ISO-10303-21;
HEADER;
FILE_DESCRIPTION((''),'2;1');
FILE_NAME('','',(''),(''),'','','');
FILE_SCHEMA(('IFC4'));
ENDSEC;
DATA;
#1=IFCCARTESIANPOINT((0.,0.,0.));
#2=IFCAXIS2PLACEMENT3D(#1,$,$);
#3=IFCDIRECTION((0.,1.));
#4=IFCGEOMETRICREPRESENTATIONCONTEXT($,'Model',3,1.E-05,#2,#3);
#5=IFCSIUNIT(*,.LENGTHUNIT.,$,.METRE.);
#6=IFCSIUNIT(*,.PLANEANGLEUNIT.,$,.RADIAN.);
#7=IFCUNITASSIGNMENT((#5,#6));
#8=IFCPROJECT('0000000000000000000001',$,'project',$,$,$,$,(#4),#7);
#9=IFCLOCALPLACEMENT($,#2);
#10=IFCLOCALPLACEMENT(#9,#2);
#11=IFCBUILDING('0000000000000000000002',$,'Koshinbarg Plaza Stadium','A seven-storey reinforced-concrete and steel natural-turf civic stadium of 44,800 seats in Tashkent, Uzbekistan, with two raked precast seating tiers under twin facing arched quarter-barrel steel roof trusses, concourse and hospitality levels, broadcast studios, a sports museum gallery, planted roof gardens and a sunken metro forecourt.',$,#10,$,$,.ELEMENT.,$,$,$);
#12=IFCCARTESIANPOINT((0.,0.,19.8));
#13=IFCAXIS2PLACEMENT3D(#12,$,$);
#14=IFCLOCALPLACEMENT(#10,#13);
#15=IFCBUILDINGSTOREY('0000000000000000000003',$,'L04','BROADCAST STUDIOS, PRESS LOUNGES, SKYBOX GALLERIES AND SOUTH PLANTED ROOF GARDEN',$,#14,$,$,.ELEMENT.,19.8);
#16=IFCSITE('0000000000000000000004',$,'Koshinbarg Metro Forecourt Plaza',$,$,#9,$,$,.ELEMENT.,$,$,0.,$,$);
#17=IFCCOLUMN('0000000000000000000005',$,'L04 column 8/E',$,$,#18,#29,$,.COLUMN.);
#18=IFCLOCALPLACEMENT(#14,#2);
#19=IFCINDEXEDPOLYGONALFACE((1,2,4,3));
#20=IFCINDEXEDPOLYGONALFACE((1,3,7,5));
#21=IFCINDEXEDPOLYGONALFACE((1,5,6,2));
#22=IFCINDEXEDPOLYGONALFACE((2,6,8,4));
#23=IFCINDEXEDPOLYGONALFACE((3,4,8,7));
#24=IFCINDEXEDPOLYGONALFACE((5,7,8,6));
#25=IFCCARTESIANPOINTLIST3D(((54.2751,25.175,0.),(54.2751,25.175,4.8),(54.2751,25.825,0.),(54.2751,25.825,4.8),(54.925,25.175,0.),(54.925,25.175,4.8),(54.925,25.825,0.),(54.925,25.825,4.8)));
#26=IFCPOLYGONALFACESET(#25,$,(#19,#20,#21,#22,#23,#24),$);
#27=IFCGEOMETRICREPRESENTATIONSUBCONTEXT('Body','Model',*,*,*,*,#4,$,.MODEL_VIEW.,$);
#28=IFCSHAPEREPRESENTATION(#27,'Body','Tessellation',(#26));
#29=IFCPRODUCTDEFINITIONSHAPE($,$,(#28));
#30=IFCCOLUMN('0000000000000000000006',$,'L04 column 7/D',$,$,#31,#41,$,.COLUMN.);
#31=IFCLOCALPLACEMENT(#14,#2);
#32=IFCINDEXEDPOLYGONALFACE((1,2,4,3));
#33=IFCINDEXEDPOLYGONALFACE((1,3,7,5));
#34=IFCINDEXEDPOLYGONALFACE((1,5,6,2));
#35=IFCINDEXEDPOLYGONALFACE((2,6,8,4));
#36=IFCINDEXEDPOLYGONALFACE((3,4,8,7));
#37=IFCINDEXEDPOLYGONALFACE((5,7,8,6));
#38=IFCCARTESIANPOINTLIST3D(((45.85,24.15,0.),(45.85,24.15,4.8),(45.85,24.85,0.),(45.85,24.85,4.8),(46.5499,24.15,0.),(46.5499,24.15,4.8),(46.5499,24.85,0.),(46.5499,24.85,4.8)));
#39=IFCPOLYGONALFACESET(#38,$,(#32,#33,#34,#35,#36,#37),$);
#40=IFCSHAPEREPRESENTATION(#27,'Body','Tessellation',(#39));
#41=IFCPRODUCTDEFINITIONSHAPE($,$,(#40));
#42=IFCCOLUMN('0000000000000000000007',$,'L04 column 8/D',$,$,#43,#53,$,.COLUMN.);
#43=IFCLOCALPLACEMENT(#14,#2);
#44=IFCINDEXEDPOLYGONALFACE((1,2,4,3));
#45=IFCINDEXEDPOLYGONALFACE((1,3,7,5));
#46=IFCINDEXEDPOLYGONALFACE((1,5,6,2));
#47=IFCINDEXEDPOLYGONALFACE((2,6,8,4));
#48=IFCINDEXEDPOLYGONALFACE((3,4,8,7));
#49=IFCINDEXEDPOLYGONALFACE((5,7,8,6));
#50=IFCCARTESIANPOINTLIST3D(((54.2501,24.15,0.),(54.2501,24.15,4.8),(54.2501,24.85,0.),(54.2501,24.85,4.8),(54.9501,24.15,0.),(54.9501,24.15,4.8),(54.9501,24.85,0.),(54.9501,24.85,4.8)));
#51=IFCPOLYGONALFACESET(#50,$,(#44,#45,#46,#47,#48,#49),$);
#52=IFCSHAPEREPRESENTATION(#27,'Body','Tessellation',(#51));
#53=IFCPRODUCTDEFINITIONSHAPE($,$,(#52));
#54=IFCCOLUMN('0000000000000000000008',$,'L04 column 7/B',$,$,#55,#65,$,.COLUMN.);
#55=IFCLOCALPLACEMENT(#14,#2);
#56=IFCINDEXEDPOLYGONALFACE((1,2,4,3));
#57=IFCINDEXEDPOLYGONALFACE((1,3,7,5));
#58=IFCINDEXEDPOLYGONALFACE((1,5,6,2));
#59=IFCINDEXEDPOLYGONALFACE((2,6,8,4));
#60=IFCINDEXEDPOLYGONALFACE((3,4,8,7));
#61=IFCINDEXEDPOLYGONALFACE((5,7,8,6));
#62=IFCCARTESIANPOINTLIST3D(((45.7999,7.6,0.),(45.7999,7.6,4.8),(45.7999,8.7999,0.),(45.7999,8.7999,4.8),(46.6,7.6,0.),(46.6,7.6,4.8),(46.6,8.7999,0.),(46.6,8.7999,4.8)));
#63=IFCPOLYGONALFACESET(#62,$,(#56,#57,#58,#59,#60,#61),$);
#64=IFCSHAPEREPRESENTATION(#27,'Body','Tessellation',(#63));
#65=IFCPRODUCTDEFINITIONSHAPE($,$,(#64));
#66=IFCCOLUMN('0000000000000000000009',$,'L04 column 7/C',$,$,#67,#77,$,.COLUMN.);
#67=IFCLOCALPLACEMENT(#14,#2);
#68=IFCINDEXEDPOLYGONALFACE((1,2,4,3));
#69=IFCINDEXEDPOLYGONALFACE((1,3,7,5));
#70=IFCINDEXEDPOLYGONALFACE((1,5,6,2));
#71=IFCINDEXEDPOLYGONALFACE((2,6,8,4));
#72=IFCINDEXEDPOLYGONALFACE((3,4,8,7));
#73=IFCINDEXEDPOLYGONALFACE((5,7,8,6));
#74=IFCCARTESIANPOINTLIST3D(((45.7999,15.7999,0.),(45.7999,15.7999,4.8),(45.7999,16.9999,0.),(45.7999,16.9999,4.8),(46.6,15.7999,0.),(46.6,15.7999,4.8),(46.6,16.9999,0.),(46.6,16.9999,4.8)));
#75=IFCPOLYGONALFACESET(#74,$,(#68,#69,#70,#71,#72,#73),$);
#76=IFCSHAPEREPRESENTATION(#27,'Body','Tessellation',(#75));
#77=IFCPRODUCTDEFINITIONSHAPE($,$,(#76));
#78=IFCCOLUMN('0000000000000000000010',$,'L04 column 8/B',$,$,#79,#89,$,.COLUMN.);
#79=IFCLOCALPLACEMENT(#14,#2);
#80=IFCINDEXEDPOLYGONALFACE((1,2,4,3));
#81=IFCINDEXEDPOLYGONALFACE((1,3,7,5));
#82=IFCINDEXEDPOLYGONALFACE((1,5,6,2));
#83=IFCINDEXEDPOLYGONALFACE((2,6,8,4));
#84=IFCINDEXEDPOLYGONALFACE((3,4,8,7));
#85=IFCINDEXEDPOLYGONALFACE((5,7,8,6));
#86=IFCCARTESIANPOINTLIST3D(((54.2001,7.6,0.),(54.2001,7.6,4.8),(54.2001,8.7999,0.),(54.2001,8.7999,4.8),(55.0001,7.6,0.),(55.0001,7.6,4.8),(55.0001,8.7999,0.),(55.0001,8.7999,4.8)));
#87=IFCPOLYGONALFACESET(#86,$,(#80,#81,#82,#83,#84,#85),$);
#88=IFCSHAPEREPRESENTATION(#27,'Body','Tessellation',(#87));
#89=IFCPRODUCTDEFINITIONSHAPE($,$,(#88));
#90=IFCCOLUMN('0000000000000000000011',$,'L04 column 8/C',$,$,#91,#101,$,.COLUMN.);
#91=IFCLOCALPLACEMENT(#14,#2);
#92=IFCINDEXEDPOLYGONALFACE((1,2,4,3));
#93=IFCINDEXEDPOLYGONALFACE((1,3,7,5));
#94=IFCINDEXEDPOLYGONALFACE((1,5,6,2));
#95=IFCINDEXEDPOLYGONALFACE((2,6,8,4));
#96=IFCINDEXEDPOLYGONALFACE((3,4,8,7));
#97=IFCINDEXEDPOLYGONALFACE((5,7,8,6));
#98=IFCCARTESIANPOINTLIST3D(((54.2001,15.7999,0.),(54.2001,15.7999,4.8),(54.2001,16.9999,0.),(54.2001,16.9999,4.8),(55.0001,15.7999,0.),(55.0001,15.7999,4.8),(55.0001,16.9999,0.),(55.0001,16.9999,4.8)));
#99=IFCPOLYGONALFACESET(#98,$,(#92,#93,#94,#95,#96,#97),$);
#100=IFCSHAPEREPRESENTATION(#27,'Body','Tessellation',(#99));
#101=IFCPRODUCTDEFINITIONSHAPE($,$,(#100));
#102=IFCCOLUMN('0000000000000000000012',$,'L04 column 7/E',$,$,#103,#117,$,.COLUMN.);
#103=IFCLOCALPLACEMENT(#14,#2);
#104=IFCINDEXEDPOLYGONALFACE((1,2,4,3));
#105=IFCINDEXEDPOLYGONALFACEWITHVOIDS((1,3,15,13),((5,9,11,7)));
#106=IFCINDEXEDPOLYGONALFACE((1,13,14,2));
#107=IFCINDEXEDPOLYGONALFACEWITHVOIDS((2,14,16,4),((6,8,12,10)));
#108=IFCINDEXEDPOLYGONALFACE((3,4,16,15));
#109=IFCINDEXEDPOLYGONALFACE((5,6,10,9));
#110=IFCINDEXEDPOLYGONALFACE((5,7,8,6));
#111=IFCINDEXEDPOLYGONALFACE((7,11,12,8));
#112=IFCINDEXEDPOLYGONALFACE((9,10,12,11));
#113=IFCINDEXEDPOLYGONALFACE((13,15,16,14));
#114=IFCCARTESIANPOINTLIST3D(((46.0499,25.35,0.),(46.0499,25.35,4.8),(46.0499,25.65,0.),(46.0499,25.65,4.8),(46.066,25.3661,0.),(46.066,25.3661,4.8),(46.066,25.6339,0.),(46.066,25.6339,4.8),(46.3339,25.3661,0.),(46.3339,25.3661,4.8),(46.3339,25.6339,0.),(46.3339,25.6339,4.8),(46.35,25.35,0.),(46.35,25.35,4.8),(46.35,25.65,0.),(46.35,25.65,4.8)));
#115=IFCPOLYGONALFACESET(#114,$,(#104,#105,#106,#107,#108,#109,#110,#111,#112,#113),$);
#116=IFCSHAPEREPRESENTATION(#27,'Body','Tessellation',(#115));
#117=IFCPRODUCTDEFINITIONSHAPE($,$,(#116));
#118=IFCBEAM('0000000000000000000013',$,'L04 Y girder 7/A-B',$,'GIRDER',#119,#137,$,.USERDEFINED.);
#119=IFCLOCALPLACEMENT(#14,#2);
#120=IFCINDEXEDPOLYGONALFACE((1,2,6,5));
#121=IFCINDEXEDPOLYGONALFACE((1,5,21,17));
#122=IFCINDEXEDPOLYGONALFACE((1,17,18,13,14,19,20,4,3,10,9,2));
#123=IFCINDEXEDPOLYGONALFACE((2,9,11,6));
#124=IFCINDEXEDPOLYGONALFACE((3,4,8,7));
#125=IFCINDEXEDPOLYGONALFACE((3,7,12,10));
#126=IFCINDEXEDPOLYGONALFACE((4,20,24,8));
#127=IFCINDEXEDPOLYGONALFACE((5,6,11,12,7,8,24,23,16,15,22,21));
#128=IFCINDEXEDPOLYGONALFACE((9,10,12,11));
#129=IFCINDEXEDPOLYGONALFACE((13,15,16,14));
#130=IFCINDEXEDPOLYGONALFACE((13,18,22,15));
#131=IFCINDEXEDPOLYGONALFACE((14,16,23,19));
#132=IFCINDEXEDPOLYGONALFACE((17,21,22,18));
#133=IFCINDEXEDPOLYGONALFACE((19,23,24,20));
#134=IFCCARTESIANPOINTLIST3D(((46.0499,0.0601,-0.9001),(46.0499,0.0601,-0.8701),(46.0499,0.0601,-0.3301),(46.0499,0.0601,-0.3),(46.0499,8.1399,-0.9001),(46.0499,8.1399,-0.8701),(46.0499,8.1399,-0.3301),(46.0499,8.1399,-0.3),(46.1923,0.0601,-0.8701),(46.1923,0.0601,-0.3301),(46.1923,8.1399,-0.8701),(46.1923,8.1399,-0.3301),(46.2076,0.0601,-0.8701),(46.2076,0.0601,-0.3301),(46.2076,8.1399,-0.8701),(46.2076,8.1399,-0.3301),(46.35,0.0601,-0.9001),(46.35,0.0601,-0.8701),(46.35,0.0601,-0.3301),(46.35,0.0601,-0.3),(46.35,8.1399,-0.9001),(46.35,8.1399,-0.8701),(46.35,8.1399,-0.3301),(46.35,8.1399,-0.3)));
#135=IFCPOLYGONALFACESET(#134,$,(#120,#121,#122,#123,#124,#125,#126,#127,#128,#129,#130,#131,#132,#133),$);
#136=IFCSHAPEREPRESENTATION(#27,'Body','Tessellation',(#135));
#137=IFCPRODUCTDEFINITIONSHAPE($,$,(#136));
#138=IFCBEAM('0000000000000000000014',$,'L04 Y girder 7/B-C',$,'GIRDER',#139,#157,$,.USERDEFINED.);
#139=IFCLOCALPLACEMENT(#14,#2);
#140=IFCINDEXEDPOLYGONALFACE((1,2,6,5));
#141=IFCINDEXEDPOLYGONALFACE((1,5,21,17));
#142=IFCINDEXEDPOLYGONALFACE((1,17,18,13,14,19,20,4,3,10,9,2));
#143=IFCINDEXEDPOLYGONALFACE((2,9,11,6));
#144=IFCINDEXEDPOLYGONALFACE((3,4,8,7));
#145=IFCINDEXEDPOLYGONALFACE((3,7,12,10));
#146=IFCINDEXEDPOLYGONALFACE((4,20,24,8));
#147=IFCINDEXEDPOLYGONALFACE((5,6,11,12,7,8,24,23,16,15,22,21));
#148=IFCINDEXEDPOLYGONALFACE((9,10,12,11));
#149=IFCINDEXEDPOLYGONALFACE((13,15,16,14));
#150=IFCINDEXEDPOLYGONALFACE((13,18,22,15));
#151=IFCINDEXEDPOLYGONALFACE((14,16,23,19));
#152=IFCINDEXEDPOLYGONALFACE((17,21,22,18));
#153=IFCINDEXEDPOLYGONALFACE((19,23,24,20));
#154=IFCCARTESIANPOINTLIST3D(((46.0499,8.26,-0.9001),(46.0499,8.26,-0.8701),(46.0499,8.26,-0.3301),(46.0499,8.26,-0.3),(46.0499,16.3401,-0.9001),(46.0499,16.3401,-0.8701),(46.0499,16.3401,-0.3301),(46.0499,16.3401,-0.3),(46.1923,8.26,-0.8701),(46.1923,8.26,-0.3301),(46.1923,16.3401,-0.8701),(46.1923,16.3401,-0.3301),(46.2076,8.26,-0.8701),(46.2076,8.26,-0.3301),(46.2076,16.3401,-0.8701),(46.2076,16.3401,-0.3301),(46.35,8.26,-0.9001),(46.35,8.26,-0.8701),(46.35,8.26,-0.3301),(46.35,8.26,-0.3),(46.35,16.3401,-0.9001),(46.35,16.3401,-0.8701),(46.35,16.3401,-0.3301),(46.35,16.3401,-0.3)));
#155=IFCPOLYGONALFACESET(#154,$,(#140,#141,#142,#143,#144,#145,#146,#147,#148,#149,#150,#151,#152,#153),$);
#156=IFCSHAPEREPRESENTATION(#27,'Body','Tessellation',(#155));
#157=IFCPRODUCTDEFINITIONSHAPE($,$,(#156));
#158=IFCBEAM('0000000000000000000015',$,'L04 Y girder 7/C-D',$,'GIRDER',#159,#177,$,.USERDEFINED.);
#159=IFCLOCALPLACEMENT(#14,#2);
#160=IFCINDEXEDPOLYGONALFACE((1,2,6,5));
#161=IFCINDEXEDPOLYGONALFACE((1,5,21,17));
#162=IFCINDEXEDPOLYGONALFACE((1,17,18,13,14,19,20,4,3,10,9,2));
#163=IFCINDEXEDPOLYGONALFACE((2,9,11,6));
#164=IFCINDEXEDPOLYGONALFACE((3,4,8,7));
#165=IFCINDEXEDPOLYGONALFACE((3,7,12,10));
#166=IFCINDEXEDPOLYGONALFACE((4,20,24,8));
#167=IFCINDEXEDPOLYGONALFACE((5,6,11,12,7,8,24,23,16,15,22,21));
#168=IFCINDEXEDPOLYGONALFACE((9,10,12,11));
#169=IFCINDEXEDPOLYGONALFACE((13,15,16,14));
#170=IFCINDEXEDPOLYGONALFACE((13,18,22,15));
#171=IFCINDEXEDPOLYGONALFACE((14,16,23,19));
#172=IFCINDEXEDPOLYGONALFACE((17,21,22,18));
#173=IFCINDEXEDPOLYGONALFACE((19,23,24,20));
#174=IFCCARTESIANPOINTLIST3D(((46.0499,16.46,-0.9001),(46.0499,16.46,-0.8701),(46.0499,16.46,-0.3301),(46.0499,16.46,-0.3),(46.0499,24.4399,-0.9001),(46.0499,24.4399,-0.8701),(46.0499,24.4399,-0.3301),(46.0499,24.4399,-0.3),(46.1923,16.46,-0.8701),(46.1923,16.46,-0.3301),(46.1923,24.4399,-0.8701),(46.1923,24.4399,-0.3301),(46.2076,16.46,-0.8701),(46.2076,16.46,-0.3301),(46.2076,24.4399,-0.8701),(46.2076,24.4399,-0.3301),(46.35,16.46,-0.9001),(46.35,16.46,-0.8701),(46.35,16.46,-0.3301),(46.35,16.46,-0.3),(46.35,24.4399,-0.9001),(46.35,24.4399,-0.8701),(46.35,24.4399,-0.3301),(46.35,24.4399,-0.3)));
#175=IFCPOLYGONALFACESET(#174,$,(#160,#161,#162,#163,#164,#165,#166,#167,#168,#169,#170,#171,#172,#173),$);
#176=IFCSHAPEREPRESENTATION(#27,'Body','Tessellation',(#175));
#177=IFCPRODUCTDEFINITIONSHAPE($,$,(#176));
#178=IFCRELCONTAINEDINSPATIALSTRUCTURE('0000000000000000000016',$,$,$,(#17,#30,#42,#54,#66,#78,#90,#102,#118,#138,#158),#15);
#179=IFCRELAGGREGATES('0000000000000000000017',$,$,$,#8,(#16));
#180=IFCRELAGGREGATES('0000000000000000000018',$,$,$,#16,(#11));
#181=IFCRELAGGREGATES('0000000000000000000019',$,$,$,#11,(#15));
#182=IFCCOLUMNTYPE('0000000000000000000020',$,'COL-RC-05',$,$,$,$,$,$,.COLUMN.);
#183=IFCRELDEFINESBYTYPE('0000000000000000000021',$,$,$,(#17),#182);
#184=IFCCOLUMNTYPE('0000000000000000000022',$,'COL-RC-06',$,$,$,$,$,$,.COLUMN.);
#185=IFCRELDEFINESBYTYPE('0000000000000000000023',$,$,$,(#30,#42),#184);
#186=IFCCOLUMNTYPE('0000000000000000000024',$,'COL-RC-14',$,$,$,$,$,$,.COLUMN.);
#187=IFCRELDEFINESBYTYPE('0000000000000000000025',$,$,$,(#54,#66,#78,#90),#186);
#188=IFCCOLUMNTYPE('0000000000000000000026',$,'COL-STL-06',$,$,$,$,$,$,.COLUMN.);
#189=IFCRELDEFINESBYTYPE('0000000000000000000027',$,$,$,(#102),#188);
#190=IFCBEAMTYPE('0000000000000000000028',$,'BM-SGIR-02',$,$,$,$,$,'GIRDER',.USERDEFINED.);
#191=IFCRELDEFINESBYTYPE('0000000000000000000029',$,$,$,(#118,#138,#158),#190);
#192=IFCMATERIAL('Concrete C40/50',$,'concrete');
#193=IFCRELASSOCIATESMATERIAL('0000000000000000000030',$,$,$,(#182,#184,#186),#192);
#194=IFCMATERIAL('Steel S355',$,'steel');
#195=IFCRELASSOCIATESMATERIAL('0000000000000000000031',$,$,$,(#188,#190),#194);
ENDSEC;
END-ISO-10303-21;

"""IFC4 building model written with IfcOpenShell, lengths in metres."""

from ifc_helpers import new_model, si_unit, direction, frame, origin, origin_2d, place, context, subcontext, project, spatial, rectangle, hollow_rectangle, i_section, extrude, material, material_profile, profile_set, type_object, element, save


model = new_model("IFC4")

# Units and contexts
model_context = context("Model", 3, precision=1e-05, world=origin(), true_north=direction((0.0, 1.0)))
body_context = subcontext(model_context, "Body", "Model", "MODEL_VIEW")
ifc_project = project(units=[si_unit("LENGTHUNIT", "METRE"), si_unit("PLANEANGLEUNIT", "RADIAN")], contexts=[model_context])

# Site, building, storey
site_placement = place(None, origin())
site = spatial("IfcSite", under=ifc_project, at=site_placement, Name="Koshinbarg Metro Forecourt Plaza", CompositionType="ELEMENT", RefElevation=0.0)
building_placement = place(site_placement, origin())
building = spatial("IfcBuilding", under=site, at=building_placement, Name="Koshinbarg Plaza Stadium", Description="A seven-storey reinforced-concrete and steel natural-turf civic stadium of 44,800 seats in Tashkent, Uzbekistan, with two raked precast seating tiers under twin facing arched quarter-barrel steel roof trusses, concourse and hospitality levels, broadcast studios, a sports museum gallery, planted roof gardens and a sunken metro forecourt.", CompositionType="ELEMENT")
storey_placement = place(building_placement, frame((0.0, 0.0, 19.8)))
storey = spatial("IfcBuildingStorey", under=building, at=storey_placement, Name="L04", Description="BROADCAST STUDIOS, PRESS LOUNGES, SKYBOX GALLERIES AND SOUTH PLANTED ROOF GARDEN", CompositionType="ELEMENT", Elevation=19.8)

# Columns
ifc_material_1 = material(Name="Concrete C40/50", Category="concrete")
ifc_material_profile_1 = material_profile(ifc_material_1, rectangle(XDim=0.6499, YDim=0.6499, at=origin_2d()), Name="RC 650x650")
ifc_profile_set_1 = profile_set([ifc_material_profile_1], Name="Concrete C40/50")
column_type_1 = type_object("IfcColumnType", Name="COL-RC-05", PredefinedType="COLUMN", material=ifc_profile_set_1)
column_1_placement = place(storey_placement, frame((54.6001, 25.5, 0.0), z_axis=(0.0, 0.0, 1.0), x_axis=(1.0, 0.0, 0.0)))
element("IfcColumn", 1, at=column_1_placement, inside=storey, type_object=column_type_1, Name="L04 column 8/E", PredefinedType="COLUMN", context=body_context, shape_type="SweptSolid", body=[
    extrude(rectangle(XDim=0.6499, YDim=0.6499, at=origin_2d()), origin(), (0.0, 0.0, 1.0), 4.8),
])
ifc_material_profile_2 = material_profile(ifc_material_1, rectangle(XDim=0.7, YDim=0.7, at=origin_2d()), Name="RC 700x700")
ifc_profile_set_2 = profile_set([ifc_material_profile_2], Name="Concrete C40/50")
column_type_2 = type_object("IfcColumnType", Name="COL-RC-06", PredefinedType="COLUMN", material=ifc_profile_set_2)
for number, where, z_axis, x_axis, name in (
    (2, (46.2, 24.5, 0.0), (0.0, 0.0, 1.0), (1.0, 0.0, 0.0), "L04 column 7/D"),
    (3, (54.6001, 24.5, 0.0), (0.0, 0.0, 1.0), (1.0, 0.0, 0.0), "L04 column 8/D"),
):
    element("IfcColumn", number, at=place(storey_placement, frame(where, z_axis=z_axis, x_axis=x_axis)), inside=storey, type_object=column_type_2, Name=name, PredefinedType="COLUMN", context=body_context, shape_type="SweptSolid", body=[
        extrude(rectangle(XDim=0.7, YDim=0.7, at=origin_2d()), origin(), (0.0, 0.0, 1.0), 4.8),
    ])
ifc_material_profile_3 = material_profile(ifc_material_1, rectangle(XDim=0.8, YDim=1.2, at=origin_2d()), Name="RC 800x1200")
ifc_profile_set_3 = profile_set([ifc_material_profile_3], Name="Concrete C40/50")
column_type_3 = type_object("IfcColumnType", Name="COL-RC-14", PredefinedType="COLUMN", material=ifc_profile_set_3)
for number, where, z_axis, x_axis, name in (
    (4, (46.2, 8.2, 0.0), (0.0, 0.0, 1.0), (1.0, 0.0, 0.0), "L04 column 7/B"),
    (5, (46.2, 16.3999, 0.0), (0.0, 0.0, 1.0), (1.0, 0.0, 0.0), "L04 column 7/C"),
    (6, (54.6001, 8.2, 0.0), (0.0, 0.0, 1.0), (1.0, 0.0, 0.0), "L04 column 8/B"),
    (7, (54.6001, 16.3999, 0.0), (0.0, 0.0, 1.0), (1.0, 0.0, 0.0), "L04 column 8/C"),
):
    element("IfcColumn", number, at=place(storey_placement, frame(where, z_axis=z_axis, x_axis=x_axis)), inside=storey, type_object=column_type_3, Name=name, PredefinedType="COLUMN", context=body_context, shape_type="SweptSolid", body=[
        extrude(rectangle(XDim=0.8, YDim=1.2, at=origin_2d()), origin(), (0.0, 0.0, 1.0), 4.8),
    ])
ifc_material_2 = material(Name="Steel S355", Category="steel")
ifc_material_profile_4 = material_profile(ifc_material_2, hollow_rectangle(XDim=0.3, YDim=0.3, WallThickness=0.0161, at=origin_2d()), Name="SHS 300x300x16")
ifc_profile_set_4 = profile_set([ifc_material_profile_4], Name="Steel S355")
column_type_4 = type_object("IfcColumnType", Name="COL-STL-06", PredefinedType="COLUMN", material=ifc_profile_set_4)
column_2_placement = place(storey_placement, frame((46.2, 25.5, 0.0), z_axis=(0.0, 0.0, 1.0), x_axis=(1.0, 0.0, 0.0)))
element("IfcColumn", 8, at=column_2_placement, inside=storey, type_object=column_type_4, Name="L04 column 7/E", PredefinedType="COLUMN", context=body_context, shape_type="SweptSolid", body=[
    extrude(hollow_rectangle(XDim=0.3, YDim=0.3, WallThickness=0.0161, at=origin_2d()), origin(), (0.0, 0.0, 1.0), 4.8),
])

# Beams
ifc_material_profile_5 = material_profile(ifc_material_2, i_section(OverallWidth=0.3, OverallDepth=0.6001, WebThickness=0.0154, FlangeThickness=0.03, at=origin_2d()), Name="HEB 600")
ifc_profile_set_5 = profile_set([ifc_material_profile_5], Name="Steel S355")
beam_type_1 = type_object("IfcBeamType", Name="BM-SGIR-02", ElementType="GIRDER", PredefinedType="USERDEFINED", material=ifc_profile_set_5)
beam_1_placement = place(storey_placement, frame((46.2, 0.0601, -0.6001), z_axis=(0.0, 1.0, 0.0), x_axis=(-1.0, 0.0, 0.0)))
element("IfcBeam", 9, at=beam_1_placement, inside=storey, type_object=beam_type_1, Name="L04 Y girder 7/A-B", ObjectType="GIRDER", PredefinedType="USERDEFINED", context=body_context, shape_type="SweptSolid", body=[
    extrude(i_section(OverallWidth=0.3, OverallDepth=0.6001, WebThickness=0.0154, FlangeThickness=0.03, at=origin_2d()), origin(), (0.0, 0.0, 1.0), 8.0798),
])
beam_2_placement = place(storey_placement, frame((46.2, 8.26, -0.6001), z_axis=(0.0, 1.0, 0.0), x_axis=(-1.0, 0.0, 0.0)))
element("IfcBeam", 10, at=beam_2_placement, inside=storey, type_object=beam_type_1, Name="L04 Y girder 7/B-C", ObjectType="GIRDER", PredefinedType="USERDEFINED", context=body_context, shape_type="SweptSolid", body=[
    extrude(i_section(OverallWidth=0.3, OverallDepth=0.6001, WebThickness=0.0154, FlangeThickness=0.03, at=origin_2d()), origin(), (0.0, 0.0, 1.0), 8.0801),
])
beam_3_placement = place(storey_placement, frame((46.2, 16.46, -0.6001), z_axis=(0.0, 1.0, 0.0), x_axis=(-1.0, 0.0, 0.0)))
element("IfcBeam", 11, at=beam_3_placement, inside=storey, type_object=beam_type_1, Name="L04 Y girder 7/C-D", ObjectType="GIRDER", PredefinedType="USERDEFINED", context=body_context, shape_type="SweptSolid", body=[
    extrude(i_section(OverallWidth=0.3, OverallDepth=0.6001, WebThickness=0.0154, FlangeThickness=0.03, at=origin_2d()), origin(), (0.0, 0.0, 1.0), 7.98),
])

save(model, "model.ifc")
